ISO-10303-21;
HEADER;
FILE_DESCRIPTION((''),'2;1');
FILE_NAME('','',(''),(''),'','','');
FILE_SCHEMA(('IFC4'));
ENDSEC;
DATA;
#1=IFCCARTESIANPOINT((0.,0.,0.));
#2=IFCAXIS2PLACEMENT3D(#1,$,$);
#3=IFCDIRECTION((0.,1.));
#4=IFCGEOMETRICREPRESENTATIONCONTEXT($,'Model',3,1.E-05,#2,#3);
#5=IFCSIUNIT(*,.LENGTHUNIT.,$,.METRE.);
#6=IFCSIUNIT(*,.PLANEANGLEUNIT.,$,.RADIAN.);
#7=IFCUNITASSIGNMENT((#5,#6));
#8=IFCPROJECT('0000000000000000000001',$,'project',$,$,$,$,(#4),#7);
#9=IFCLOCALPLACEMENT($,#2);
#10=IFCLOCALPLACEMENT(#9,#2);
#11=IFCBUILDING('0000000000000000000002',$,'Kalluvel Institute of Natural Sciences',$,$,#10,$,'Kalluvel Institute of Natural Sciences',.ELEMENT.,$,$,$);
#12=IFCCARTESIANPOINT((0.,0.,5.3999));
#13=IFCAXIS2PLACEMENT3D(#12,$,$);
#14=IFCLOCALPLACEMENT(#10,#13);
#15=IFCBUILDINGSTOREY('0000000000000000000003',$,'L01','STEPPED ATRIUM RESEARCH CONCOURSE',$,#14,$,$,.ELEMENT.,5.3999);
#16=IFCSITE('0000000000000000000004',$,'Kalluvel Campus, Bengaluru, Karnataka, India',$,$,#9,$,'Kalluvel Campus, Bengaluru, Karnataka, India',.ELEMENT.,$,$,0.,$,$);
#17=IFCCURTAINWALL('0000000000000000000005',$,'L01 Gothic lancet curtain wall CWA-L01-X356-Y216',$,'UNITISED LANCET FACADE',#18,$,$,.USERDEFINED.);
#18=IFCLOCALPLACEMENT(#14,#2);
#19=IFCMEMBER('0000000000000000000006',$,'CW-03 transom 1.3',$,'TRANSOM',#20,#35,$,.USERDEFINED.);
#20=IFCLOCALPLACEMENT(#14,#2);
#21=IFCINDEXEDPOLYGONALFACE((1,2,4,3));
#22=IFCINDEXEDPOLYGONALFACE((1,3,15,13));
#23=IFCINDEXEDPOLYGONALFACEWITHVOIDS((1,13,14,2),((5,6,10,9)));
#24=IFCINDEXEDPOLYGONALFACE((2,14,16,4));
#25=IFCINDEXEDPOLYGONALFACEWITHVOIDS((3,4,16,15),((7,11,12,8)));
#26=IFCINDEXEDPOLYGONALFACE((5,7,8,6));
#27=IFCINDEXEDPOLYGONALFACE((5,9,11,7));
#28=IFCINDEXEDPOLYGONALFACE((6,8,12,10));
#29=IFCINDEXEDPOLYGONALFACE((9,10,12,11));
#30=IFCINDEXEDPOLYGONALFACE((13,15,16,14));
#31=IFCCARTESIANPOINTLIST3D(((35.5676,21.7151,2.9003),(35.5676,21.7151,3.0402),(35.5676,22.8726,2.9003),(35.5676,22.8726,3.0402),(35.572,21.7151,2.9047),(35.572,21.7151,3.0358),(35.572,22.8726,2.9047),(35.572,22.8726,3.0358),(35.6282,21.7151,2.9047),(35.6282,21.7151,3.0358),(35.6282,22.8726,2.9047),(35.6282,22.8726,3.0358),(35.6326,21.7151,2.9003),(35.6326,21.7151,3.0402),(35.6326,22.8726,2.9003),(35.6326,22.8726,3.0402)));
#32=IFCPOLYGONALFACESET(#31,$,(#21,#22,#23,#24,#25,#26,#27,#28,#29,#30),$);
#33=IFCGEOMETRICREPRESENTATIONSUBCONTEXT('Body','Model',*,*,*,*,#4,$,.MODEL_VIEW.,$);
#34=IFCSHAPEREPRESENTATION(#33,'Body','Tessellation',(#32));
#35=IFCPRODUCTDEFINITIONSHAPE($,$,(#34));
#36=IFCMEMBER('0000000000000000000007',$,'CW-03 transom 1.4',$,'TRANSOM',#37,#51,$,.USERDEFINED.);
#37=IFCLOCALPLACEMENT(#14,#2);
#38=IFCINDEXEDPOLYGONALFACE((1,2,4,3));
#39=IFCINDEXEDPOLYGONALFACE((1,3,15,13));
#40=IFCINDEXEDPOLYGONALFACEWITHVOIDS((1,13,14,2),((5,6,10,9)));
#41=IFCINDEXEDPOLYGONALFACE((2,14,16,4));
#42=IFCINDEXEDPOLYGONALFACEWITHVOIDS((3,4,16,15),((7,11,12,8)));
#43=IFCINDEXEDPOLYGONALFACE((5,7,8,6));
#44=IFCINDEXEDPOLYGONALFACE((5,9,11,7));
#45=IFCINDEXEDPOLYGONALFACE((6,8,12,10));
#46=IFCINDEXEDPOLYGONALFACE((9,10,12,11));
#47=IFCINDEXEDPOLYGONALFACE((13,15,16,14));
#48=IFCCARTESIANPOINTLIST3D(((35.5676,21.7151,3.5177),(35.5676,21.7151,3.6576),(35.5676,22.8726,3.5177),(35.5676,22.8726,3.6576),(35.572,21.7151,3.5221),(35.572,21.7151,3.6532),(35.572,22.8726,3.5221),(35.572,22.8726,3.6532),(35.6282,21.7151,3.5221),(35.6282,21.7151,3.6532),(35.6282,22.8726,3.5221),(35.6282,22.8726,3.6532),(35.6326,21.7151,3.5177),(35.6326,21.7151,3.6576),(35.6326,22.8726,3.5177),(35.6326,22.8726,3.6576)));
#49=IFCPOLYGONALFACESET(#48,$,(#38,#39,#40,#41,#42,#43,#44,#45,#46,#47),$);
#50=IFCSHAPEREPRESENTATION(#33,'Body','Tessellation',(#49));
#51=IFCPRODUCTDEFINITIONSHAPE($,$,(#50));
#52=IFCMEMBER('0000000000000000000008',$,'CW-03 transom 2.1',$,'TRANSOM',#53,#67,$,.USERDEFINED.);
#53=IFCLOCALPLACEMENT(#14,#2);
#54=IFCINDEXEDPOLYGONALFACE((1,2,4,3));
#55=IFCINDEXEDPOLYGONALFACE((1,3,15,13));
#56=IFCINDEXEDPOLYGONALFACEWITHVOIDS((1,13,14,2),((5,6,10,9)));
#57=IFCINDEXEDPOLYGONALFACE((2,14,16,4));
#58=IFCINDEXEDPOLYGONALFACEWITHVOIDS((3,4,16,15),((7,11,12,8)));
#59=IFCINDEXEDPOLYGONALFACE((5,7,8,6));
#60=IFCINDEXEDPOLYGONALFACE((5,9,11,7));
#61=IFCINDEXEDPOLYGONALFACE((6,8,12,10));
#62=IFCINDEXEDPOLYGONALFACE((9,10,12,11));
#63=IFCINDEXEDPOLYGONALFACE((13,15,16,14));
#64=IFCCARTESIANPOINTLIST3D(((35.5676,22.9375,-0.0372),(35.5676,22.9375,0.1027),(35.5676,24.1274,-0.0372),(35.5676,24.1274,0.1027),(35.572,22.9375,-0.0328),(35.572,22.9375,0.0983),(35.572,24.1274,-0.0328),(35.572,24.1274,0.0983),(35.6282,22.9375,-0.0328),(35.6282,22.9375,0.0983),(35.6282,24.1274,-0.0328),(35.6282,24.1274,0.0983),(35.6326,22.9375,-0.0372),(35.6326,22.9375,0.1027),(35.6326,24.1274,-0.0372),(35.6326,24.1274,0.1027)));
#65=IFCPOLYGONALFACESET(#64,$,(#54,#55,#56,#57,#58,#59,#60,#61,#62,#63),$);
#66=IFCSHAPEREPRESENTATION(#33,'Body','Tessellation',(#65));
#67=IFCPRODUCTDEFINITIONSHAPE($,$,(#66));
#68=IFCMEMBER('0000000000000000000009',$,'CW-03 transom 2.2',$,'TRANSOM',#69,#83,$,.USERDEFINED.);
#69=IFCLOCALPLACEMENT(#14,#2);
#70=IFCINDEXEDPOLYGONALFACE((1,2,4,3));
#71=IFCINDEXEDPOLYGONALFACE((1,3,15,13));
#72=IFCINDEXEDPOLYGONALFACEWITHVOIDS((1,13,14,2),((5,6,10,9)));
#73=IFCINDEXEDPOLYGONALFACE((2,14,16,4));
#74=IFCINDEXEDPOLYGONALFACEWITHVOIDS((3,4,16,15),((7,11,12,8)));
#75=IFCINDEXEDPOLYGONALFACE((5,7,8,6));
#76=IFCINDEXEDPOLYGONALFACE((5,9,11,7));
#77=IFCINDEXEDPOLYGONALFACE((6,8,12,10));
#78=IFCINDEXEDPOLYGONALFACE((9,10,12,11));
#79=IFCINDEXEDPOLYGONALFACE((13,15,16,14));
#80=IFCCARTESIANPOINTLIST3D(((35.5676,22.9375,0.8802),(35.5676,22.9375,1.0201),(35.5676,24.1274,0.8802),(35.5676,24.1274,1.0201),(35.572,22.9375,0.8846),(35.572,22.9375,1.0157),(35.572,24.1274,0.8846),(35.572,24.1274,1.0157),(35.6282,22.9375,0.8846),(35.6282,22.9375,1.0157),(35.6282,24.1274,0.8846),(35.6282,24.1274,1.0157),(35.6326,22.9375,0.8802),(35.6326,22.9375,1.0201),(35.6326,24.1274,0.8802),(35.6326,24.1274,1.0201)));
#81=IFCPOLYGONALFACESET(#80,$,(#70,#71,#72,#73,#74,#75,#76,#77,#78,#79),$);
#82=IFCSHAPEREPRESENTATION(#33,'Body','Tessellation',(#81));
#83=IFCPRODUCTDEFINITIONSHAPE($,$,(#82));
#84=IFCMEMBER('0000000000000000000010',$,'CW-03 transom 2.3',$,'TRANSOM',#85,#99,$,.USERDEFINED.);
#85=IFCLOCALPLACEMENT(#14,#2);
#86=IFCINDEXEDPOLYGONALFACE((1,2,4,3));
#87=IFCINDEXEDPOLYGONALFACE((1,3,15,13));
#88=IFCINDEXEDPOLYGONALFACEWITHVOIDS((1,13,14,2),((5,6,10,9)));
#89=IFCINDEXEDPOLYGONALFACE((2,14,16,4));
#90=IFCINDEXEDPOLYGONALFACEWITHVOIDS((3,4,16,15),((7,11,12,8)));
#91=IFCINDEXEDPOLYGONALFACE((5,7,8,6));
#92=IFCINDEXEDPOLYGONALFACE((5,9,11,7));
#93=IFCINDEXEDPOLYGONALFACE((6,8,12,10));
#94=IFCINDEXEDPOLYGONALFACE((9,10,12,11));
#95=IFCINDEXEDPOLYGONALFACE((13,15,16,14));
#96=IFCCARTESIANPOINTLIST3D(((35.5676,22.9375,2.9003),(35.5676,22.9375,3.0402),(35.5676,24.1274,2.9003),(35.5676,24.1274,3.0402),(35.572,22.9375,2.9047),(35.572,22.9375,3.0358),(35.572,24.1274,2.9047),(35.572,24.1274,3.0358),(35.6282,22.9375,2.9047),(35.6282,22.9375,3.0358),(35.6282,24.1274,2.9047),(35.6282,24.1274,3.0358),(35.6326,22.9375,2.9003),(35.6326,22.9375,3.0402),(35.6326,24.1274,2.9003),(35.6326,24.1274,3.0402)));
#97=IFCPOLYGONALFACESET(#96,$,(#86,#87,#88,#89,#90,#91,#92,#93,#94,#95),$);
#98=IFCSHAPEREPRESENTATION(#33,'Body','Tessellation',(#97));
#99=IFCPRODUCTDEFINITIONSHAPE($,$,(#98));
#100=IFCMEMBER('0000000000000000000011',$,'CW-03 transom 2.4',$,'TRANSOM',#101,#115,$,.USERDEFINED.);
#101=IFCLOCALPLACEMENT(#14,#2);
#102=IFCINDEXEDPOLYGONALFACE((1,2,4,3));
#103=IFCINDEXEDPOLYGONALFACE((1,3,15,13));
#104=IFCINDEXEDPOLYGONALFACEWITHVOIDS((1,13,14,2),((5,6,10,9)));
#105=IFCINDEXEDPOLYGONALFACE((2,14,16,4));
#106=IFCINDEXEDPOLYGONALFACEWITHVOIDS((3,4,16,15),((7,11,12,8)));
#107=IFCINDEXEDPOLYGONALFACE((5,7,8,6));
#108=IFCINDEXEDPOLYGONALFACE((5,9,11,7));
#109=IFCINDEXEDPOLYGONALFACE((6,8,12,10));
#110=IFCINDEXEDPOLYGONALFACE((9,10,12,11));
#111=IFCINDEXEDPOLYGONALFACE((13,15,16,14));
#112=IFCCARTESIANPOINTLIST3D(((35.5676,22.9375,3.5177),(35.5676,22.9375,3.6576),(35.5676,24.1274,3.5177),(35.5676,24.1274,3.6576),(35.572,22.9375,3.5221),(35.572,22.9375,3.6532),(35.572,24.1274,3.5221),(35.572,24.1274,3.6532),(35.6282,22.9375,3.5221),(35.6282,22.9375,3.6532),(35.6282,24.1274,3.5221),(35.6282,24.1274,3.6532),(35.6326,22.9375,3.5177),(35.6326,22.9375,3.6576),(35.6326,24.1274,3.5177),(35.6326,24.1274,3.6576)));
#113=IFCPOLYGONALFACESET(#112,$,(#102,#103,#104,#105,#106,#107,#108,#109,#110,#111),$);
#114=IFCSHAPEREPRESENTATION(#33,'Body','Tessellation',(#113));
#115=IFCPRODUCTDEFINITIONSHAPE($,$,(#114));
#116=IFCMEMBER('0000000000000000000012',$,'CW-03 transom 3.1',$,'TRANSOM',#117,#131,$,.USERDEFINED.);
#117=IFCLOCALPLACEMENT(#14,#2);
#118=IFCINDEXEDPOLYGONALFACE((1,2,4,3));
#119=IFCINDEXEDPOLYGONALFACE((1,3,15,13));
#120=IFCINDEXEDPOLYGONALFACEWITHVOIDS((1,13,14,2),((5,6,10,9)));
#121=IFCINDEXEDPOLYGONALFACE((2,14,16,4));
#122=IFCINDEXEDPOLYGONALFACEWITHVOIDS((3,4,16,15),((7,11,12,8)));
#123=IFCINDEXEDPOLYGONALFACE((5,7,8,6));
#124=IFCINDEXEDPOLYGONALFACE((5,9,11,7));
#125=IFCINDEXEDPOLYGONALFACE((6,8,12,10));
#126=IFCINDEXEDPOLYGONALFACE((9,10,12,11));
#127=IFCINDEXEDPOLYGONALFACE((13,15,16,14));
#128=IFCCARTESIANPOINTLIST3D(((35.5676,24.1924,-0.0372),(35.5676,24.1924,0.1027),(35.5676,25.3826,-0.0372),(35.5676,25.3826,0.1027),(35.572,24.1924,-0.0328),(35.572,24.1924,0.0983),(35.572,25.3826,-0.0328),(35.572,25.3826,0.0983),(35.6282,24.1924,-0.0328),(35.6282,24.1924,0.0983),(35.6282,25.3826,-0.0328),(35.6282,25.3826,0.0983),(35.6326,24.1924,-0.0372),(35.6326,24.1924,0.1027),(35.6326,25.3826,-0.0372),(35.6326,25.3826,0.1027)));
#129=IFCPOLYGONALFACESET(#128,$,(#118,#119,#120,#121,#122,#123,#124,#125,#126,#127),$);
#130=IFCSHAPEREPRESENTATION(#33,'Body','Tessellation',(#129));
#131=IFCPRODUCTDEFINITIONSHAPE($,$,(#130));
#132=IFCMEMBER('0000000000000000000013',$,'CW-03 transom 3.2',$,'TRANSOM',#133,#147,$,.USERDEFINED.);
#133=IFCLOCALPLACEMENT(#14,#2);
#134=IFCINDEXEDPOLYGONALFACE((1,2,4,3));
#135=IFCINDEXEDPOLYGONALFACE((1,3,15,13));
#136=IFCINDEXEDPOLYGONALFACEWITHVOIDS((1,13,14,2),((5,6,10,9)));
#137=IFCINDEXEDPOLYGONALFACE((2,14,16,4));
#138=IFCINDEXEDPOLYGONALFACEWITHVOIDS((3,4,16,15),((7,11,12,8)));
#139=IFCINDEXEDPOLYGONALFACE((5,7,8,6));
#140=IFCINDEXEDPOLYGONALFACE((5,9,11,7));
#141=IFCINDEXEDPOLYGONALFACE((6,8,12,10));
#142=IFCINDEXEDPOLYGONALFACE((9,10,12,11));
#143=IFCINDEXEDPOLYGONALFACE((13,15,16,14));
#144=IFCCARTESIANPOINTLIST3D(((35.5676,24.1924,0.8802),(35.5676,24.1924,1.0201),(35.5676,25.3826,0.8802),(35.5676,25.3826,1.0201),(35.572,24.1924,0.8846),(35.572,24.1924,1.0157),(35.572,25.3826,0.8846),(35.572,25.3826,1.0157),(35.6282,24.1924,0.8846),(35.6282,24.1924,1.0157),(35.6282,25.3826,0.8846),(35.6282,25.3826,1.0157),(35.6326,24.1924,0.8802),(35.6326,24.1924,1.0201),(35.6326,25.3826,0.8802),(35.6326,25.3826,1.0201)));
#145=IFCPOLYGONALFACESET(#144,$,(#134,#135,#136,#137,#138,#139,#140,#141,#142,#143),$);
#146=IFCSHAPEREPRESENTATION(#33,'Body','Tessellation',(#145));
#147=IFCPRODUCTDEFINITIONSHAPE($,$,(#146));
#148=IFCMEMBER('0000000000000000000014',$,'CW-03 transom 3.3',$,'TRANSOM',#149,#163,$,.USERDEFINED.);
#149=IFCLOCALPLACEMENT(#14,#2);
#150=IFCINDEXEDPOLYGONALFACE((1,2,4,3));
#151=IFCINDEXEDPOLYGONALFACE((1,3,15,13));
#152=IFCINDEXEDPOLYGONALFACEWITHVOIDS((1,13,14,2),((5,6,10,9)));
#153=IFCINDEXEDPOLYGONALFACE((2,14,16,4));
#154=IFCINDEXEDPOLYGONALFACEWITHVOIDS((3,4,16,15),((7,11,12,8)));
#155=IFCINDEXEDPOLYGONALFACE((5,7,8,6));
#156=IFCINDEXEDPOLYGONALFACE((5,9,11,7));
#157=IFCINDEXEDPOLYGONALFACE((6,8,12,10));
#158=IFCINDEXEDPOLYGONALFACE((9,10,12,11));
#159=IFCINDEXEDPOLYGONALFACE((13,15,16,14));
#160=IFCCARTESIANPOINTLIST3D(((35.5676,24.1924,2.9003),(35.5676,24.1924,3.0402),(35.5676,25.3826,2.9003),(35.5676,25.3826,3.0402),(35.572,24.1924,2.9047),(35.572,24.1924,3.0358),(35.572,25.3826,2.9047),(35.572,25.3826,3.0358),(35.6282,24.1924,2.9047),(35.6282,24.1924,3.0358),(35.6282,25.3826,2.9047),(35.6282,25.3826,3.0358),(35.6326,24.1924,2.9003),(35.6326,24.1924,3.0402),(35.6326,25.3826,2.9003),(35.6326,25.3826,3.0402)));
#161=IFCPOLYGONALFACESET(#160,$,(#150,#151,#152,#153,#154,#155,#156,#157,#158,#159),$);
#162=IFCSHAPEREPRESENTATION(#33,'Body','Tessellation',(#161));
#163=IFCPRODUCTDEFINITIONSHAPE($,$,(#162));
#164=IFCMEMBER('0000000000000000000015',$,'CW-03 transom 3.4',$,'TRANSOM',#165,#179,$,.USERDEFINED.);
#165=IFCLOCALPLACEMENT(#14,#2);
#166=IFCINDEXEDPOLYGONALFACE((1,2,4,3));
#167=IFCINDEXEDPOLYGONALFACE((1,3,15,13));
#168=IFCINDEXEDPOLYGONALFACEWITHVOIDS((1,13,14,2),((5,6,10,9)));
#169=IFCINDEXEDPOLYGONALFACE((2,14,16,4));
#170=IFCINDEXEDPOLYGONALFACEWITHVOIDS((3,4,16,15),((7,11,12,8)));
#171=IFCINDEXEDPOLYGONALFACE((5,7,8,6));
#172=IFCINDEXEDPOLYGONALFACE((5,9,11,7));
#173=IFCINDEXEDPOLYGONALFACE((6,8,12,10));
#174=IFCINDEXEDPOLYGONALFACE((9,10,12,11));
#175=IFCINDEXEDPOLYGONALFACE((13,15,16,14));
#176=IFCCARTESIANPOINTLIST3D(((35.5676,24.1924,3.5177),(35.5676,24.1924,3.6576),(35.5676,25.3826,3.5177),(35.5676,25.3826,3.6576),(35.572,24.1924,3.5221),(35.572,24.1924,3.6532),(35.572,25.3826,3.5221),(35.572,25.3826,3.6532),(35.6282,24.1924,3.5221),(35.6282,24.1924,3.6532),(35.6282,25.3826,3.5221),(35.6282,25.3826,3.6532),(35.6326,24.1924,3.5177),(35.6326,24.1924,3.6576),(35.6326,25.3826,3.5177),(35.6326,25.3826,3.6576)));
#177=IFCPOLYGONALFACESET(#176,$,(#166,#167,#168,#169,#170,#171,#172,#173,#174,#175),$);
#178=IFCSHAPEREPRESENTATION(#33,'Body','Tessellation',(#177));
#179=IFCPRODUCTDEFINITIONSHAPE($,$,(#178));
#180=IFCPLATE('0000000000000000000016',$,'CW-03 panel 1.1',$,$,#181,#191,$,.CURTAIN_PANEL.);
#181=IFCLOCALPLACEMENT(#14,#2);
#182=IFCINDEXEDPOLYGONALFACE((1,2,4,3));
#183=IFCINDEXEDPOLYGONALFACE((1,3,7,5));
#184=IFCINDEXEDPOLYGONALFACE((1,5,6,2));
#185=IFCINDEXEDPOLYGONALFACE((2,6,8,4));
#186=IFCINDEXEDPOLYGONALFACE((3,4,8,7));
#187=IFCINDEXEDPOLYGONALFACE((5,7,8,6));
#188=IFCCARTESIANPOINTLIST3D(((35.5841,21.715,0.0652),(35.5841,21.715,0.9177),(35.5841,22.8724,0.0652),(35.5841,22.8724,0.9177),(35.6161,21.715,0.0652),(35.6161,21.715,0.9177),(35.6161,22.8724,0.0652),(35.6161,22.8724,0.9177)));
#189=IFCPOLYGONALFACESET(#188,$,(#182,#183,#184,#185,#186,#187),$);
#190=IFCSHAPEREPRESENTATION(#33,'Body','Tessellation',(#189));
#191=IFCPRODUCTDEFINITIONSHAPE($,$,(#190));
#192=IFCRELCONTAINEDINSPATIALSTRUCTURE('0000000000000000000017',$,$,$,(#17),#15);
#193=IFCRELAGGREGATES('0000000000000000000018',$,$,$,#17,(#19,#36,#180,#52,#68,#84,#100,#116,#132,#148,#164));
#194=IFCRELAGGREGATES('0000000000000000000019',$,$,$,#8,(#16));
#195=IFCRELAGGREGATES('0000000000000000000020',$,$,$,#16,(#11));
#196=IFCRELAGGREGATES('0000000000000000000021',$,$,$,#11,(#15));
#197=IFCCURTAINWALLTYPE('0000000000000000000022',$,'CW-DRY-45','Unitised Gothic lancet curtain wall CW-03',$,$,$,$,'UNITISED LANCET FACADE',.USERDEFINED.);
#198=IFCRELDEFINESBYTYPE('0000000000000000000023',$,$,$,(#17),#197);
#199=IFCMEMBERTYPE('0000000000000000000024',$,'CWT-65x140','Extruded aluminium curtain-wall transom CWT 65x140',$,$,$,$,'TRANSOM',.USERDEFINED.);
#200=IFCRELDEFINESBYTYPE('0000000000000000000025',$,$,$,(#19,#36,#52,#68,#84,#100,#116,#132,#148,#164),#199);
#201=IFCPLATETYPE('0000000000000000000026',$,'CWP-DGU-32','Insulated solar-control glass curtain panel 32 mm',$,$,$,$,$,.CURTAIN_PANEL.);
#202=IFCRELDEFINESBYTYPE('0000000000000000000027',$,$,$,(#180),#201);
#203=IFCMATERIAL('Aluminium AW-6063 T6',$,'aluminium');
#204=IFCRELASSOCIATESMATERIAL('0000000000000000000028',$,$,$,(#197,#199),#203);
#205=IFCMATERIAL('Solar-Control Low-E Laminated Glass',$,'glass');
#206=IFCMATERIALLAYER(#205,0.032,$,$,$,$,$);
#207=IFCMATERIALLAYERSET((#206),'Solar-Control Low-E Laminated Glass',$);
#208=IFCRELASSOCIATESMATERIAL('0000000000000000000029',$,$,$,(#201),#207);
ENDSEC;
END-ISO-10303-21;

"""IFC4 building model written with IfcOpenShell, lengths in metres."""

from ifc_helpers import new_model, si_unit, direction, frame, origin, origin_2d, place, context, subcontext, project, spatial, rectangle, hollow_rectangle, extrude, material, layer, layer_set, material_profile, profile_set, type_object, element, aggregate, save


model = new_model("IFC4")

# Units and contexts
model_context = context("Model", 3, precision=1e-05, world=origin(), true_north=direction((0.0, 1.0)))
body_context = subcontext(model_context, "Body", "Model", "MODEL_VIEW")
ifc_project = project(units=[si_unit("LENGTHUNIT", "METRE"), si_unit("PLANEANGLEUNIT", "RADIAN")], contexts=[model_context])

# Site, building, storey
site_placement = place(None, origin())
site = spatial("IfcSite", under=ifc_project, at=site_placement, Name="Kalluvel Campus, Bengaluru, Karnataka, India", LongName="Kalluvel Campus, Bengaluru, Karnataka, India", CompositionType="ELEMENT", RefElevation=0.0)
building_placement = place(site_placement, origin())
building = spatial("IfcBuilding", under=site, at=building_placement, Name="Kalluvel Institute of Natural Sciences", LongName="Kalluvel Institute of Natural Sciences", CompositionType="ELEMENT")
storey_placement = place(building_placement, frame((0.0, 0.0, 5.3999)))
storey = spatial("IfcBuildingStorey", under=building, at=storey_placement, Name="L01", Description="STEPPED ATRIUM RESEARCH CONCOURSE", CompositionType="ELEMENT", Elevation=5.3999)

# Curtain wall, members, plate
ifc_material_1 = material(Name="Aluminium AW-6063 T6", Category="aluminium")
curtain_wall_type = type_object("IfcCurtainWallType", Name="CW-DRY-45", Description="Unitised Gothic lancet curtain wall CW-03", ElementType="UNITISED LANCET FACADE", PredefinedType="USERDEFINED", material=ifc_material_1)
curtain_wall_placement = place(storey_placement, origin())
curtain_wall = element("IfcCurtainWall", 1, at=curtain_wall_placement, inside=storey, type_object=curtain_wall_type, Name="L01 Gothic lancet curtain wall CWA-L01-X356-Y216", ObjectType="UNITISED LANCET FACADE", PredefinedType="USERDEFINED")
ifc_material_profile_1 = material_profile(ifc_material_1, hollow_rectangle(XDim=0.0649, YDim=0.1399, WallThickness=0.0044, at=origin_2d()), Name="CWT 65x140")
ifc_profile_set_1 = profile_set([ifc_material_profile_1], Name="Aluminium AW-6063 T6")
member_type_1 = type_object("IfcMemberType", Name="CWT-65x140", Description="Extruded aluminium curtain-wall transom CWT 65x140", ElementType="TRANSOM", PredefinedType="USERDEFINED", material=ifc_profile_set_1)
member_1_placement = place(storey_placement, frame((35.6001, 21.7151, 2.9702), z_axis=(0.0, 1.0, 0.0), x_axis=(-1.0, 0.0, 0.0)))
member_1 = element("IfcMember", 2, at=member_1_placement, type_object=member_type_1, Name="CW-03 transom 1.3", ObjectType="TRANSOM", PredefinedType="USERDEFINED", context=body_context, shape_type="SweptSolid", body=[
    extrude(hollow_rectangle(XDim=0.0649, YDim=0.1399, WallThickness=0.0044, at=origin_2d()), origin(), (0.0, 0.0, 1.0), 1.1575),
])
member_2_placement = place(storey_placement, frame((35.6001, 21.7151, 3.5876), z_axis=(0.0, 1.0, 0.0), x_axis=(-1.0, 0.0, 0.0)))
member_2 = element("IfcMember", 3, at=member_2_placement, type_object=member_type_1, Name="CW-03 transom 1.4", ObjectType="TRANSOM", PredefinedType="USERDEFINED", context=body_context, shape_type="SweptSolid", body=[
    extrude(hollow_rectangle(XDim=0.0649, YDim=0.1399, WallThickness=0.0044, at=origin_2d()), origin(), (0.0, 0.0, 1.0), 1.1575),
])
member_3_placement = place(storey_placement, frame((35.6001, 22.9375, 0.0327), z_axis=(0.0, 1.0, 0.0), x_axis=(-1.0, 0.0, 0.0)))
member_3 = element("IfcMember", 4, at=member_3_placement, type_object=member_type_1, Name="CW-03 transom 2.1", ObjectType="TRANSOM", PredefinedType="USERDEFINED", context=body_context, shape_type="SweptSolid", body=[
    extrude(hollow_rectangle(XDim=0.0649, YDim=0.1399, WallThickness=0.0044, at=origin_2d()), origin(), (0.0, 0.0, 1.0), 1.1899),
])
member_4_placement = place(storey_placement, frame((35.6001, 22.9375, 0.9502), z_axis=(0.0, 1.0, 0.0), x_axis=(-1.0, 0.0, 0.0)))
member_4 = element("IfcMember", 5, at=member_4_placement, type_object=member_type_1, Name="CW-03 transom 2.2", ObjectType="TRANSOM", PredefinedType="USERDEFINED", context=body_context, shape_type="SweptSolid", body=[
    extrude(hollow_rectangle(XDim=0.0649, YDim=0.1399, WallThickness=0.0044, at=origin_2d()), origin(), (0.0, 0.0, 1.0), 1.1899),
])
member_5_placement = place(storey_placement, frame((35.6001, 22.9375, 2.9702), z_axis=(0.0, 1.0, 0.0), x_axis=(-1.0, 0.0, 0.0)))
member_5 = element("IfcMember", 6, at=member_5_placement, type_object=member_type_1, Name="CW-03 transom 2.3", ObjectType="TRANSOM", PredefinedType="USERDEFINED", context=body_context, shape_type="SweptSolid", body=[
    extrude(hollow_rectangle(XDim=0.0649, YDim=0.1399, WallThickness=0.0044, at=origin_2d()), origin(), (0.0, 0.0, 1.0), 1.1899),
])
member_6_placement = place(storey_placement, frame((35.6001, 22.9375, 3.5876), z_axis=(0.0, 1.0, 0.0), x_axis=(-1.0, 0.0, 0.0)))
member_6 = element("IfcMember", 7, at=member_6_placement, type_object=member_type_1, Name="CW-03 transom 2.4", ObjectType="TRANSOM", PredefinedType="USERDEFINED", context=body_context, shape_type="SweptSolid", body=[
    extrude(hollow_rectangle(XDim=0.0649, YDim=0.1399, WallThickness=0.0044, at=origin_2d()), origin(), (0.0, 0.0, 1.0), 1.1899),
])
member_7_placement = place(storey_placement, frame((35.6001, 24.1924, 0.0327), z_axis=(0.0, 1.0, 0.0), x_axis=(-1.0, 0.0, 0.0)))
member_7 = element("IfcMember", 8, at=member_7_placement, type_object=member_type_1, Name="CW-03 transom 3.1", ObjectType="TRANSOM", PredefinedType="USERDEFINED", context=body_context, shape_type="SweptSolid", body=[
    extrude(hollow_rectangle(XDim=0.0649, YDim=0.1399, WallThickness=0.0044, at=origin_2d()), origin(), (0.0, 0.0, 1.0), 1.1902),
])
member_8_placement = place(storey_placement, frame((35.6001, 24.1924, 0.9502), z_axis=(0.0, 1.0, 0.0), x_axis=(-1.0, 0.0, 0.0)))
member_8 = element("IfcMember", 9, at=member_8_placement, type_object=member_type_1, Name="CW-03 transom 3.2", ObjectType="TRANSOM", PredefinedType="USERDEFINED", context=body_context, shape_type="SweptSolid", body=[
    extrude(hollow_rectangle(XDim=0.0649, YDim=0.1399, WallThickness=0.0044, at=origin_2d()), origin(), (0.0, 0.0, 1.0), 1.1902),
])
member_9_placement = place(storey_placement, frame((35.6001, 24.1924, 2.9702), z_axis=(0.0, 1.0, 0.0), x_axis=(-1.0, 0.0, 0.0)))
member_9 = element("IfcMember", 10, at=member_9_placement, type_object=member_type_1, Name="CW-03 transom 3.3", ObjectType="TRANSOM", PredefinedType="USERDEFINED", context=body_context, shape_type="SweptSolid", body=[
    extrude(hollow_rectangle(XDim=0.0649, YDim=0.1399, WallThickness=0.0044, at=origin_2d()), origin(), (0.0, 0.0, 1.0), 1.1902),
])
member_10_placement = place(storey_placement, frame((35.6001, 24.1924, 3.5876), z_axis=(0.0, 1.0, 0.0), x_axis=(-1.0, 0.0, 0.0)))
member_10 = element("IfcMember", 11, at=member_10_placement, type_object=member_type_1, Name="CW-03 transom 3.4", ObjectType="TRANSOM", PredefinedType="USERDEFINED", context=body_context, shape_type="SweptSolid", body=[
    extrude(hollow_rectangle(XDim=0.0649, YDim=0.1399, WallThickness=0.0044, at=origin_2d()), origin(), (0.0, 0.0, 1.0), 1.1902),
])
ifc_material_2 = material(Name="Solar-Control Low-E Laminated Glass", Category="glass")
ifc_layer = layer(ifc_material_2, 0.032)
ifc_layer_set = layer_set([ifc_layer], Name="Solar-Control Low-E Laminated Glass")
plate_type = type_object("IfcPlateType", Name="CWP-DGU-32", Description="Insulated solar-control glass curtain panel 32 mm", PredefinedType="CURTAIN_PANEL", material=ifc_layer_set)
plate_1_placement = place(storey_placement, frame((35.6001, 22.2937, 0.0652), z_axis=(0.0, 0.0, 1.0), x_axis=(0.0, 1.0, 0.0)))
plate_1 = element("IfcPlate", 12, at=plate_1_placement, type_object=plate_type, Name="CW-03 panel 1.1", PredefinedType="CURTAIN_PANEL", context=body_context, shape_type="SweptSolid", body=[
    extrude(rectangle(XDim=1.1575, YDim=0.032, at=origin_2d()), origin(), (0.0, 0.0, 1.0), 0.8525),
])
aggregate(curtain_wall, [member_1, member_2, plate_1, member_3, member_4, member_5, member_6, member_7, member_8, member_9, member_10])

save(model, "model.ifc")
